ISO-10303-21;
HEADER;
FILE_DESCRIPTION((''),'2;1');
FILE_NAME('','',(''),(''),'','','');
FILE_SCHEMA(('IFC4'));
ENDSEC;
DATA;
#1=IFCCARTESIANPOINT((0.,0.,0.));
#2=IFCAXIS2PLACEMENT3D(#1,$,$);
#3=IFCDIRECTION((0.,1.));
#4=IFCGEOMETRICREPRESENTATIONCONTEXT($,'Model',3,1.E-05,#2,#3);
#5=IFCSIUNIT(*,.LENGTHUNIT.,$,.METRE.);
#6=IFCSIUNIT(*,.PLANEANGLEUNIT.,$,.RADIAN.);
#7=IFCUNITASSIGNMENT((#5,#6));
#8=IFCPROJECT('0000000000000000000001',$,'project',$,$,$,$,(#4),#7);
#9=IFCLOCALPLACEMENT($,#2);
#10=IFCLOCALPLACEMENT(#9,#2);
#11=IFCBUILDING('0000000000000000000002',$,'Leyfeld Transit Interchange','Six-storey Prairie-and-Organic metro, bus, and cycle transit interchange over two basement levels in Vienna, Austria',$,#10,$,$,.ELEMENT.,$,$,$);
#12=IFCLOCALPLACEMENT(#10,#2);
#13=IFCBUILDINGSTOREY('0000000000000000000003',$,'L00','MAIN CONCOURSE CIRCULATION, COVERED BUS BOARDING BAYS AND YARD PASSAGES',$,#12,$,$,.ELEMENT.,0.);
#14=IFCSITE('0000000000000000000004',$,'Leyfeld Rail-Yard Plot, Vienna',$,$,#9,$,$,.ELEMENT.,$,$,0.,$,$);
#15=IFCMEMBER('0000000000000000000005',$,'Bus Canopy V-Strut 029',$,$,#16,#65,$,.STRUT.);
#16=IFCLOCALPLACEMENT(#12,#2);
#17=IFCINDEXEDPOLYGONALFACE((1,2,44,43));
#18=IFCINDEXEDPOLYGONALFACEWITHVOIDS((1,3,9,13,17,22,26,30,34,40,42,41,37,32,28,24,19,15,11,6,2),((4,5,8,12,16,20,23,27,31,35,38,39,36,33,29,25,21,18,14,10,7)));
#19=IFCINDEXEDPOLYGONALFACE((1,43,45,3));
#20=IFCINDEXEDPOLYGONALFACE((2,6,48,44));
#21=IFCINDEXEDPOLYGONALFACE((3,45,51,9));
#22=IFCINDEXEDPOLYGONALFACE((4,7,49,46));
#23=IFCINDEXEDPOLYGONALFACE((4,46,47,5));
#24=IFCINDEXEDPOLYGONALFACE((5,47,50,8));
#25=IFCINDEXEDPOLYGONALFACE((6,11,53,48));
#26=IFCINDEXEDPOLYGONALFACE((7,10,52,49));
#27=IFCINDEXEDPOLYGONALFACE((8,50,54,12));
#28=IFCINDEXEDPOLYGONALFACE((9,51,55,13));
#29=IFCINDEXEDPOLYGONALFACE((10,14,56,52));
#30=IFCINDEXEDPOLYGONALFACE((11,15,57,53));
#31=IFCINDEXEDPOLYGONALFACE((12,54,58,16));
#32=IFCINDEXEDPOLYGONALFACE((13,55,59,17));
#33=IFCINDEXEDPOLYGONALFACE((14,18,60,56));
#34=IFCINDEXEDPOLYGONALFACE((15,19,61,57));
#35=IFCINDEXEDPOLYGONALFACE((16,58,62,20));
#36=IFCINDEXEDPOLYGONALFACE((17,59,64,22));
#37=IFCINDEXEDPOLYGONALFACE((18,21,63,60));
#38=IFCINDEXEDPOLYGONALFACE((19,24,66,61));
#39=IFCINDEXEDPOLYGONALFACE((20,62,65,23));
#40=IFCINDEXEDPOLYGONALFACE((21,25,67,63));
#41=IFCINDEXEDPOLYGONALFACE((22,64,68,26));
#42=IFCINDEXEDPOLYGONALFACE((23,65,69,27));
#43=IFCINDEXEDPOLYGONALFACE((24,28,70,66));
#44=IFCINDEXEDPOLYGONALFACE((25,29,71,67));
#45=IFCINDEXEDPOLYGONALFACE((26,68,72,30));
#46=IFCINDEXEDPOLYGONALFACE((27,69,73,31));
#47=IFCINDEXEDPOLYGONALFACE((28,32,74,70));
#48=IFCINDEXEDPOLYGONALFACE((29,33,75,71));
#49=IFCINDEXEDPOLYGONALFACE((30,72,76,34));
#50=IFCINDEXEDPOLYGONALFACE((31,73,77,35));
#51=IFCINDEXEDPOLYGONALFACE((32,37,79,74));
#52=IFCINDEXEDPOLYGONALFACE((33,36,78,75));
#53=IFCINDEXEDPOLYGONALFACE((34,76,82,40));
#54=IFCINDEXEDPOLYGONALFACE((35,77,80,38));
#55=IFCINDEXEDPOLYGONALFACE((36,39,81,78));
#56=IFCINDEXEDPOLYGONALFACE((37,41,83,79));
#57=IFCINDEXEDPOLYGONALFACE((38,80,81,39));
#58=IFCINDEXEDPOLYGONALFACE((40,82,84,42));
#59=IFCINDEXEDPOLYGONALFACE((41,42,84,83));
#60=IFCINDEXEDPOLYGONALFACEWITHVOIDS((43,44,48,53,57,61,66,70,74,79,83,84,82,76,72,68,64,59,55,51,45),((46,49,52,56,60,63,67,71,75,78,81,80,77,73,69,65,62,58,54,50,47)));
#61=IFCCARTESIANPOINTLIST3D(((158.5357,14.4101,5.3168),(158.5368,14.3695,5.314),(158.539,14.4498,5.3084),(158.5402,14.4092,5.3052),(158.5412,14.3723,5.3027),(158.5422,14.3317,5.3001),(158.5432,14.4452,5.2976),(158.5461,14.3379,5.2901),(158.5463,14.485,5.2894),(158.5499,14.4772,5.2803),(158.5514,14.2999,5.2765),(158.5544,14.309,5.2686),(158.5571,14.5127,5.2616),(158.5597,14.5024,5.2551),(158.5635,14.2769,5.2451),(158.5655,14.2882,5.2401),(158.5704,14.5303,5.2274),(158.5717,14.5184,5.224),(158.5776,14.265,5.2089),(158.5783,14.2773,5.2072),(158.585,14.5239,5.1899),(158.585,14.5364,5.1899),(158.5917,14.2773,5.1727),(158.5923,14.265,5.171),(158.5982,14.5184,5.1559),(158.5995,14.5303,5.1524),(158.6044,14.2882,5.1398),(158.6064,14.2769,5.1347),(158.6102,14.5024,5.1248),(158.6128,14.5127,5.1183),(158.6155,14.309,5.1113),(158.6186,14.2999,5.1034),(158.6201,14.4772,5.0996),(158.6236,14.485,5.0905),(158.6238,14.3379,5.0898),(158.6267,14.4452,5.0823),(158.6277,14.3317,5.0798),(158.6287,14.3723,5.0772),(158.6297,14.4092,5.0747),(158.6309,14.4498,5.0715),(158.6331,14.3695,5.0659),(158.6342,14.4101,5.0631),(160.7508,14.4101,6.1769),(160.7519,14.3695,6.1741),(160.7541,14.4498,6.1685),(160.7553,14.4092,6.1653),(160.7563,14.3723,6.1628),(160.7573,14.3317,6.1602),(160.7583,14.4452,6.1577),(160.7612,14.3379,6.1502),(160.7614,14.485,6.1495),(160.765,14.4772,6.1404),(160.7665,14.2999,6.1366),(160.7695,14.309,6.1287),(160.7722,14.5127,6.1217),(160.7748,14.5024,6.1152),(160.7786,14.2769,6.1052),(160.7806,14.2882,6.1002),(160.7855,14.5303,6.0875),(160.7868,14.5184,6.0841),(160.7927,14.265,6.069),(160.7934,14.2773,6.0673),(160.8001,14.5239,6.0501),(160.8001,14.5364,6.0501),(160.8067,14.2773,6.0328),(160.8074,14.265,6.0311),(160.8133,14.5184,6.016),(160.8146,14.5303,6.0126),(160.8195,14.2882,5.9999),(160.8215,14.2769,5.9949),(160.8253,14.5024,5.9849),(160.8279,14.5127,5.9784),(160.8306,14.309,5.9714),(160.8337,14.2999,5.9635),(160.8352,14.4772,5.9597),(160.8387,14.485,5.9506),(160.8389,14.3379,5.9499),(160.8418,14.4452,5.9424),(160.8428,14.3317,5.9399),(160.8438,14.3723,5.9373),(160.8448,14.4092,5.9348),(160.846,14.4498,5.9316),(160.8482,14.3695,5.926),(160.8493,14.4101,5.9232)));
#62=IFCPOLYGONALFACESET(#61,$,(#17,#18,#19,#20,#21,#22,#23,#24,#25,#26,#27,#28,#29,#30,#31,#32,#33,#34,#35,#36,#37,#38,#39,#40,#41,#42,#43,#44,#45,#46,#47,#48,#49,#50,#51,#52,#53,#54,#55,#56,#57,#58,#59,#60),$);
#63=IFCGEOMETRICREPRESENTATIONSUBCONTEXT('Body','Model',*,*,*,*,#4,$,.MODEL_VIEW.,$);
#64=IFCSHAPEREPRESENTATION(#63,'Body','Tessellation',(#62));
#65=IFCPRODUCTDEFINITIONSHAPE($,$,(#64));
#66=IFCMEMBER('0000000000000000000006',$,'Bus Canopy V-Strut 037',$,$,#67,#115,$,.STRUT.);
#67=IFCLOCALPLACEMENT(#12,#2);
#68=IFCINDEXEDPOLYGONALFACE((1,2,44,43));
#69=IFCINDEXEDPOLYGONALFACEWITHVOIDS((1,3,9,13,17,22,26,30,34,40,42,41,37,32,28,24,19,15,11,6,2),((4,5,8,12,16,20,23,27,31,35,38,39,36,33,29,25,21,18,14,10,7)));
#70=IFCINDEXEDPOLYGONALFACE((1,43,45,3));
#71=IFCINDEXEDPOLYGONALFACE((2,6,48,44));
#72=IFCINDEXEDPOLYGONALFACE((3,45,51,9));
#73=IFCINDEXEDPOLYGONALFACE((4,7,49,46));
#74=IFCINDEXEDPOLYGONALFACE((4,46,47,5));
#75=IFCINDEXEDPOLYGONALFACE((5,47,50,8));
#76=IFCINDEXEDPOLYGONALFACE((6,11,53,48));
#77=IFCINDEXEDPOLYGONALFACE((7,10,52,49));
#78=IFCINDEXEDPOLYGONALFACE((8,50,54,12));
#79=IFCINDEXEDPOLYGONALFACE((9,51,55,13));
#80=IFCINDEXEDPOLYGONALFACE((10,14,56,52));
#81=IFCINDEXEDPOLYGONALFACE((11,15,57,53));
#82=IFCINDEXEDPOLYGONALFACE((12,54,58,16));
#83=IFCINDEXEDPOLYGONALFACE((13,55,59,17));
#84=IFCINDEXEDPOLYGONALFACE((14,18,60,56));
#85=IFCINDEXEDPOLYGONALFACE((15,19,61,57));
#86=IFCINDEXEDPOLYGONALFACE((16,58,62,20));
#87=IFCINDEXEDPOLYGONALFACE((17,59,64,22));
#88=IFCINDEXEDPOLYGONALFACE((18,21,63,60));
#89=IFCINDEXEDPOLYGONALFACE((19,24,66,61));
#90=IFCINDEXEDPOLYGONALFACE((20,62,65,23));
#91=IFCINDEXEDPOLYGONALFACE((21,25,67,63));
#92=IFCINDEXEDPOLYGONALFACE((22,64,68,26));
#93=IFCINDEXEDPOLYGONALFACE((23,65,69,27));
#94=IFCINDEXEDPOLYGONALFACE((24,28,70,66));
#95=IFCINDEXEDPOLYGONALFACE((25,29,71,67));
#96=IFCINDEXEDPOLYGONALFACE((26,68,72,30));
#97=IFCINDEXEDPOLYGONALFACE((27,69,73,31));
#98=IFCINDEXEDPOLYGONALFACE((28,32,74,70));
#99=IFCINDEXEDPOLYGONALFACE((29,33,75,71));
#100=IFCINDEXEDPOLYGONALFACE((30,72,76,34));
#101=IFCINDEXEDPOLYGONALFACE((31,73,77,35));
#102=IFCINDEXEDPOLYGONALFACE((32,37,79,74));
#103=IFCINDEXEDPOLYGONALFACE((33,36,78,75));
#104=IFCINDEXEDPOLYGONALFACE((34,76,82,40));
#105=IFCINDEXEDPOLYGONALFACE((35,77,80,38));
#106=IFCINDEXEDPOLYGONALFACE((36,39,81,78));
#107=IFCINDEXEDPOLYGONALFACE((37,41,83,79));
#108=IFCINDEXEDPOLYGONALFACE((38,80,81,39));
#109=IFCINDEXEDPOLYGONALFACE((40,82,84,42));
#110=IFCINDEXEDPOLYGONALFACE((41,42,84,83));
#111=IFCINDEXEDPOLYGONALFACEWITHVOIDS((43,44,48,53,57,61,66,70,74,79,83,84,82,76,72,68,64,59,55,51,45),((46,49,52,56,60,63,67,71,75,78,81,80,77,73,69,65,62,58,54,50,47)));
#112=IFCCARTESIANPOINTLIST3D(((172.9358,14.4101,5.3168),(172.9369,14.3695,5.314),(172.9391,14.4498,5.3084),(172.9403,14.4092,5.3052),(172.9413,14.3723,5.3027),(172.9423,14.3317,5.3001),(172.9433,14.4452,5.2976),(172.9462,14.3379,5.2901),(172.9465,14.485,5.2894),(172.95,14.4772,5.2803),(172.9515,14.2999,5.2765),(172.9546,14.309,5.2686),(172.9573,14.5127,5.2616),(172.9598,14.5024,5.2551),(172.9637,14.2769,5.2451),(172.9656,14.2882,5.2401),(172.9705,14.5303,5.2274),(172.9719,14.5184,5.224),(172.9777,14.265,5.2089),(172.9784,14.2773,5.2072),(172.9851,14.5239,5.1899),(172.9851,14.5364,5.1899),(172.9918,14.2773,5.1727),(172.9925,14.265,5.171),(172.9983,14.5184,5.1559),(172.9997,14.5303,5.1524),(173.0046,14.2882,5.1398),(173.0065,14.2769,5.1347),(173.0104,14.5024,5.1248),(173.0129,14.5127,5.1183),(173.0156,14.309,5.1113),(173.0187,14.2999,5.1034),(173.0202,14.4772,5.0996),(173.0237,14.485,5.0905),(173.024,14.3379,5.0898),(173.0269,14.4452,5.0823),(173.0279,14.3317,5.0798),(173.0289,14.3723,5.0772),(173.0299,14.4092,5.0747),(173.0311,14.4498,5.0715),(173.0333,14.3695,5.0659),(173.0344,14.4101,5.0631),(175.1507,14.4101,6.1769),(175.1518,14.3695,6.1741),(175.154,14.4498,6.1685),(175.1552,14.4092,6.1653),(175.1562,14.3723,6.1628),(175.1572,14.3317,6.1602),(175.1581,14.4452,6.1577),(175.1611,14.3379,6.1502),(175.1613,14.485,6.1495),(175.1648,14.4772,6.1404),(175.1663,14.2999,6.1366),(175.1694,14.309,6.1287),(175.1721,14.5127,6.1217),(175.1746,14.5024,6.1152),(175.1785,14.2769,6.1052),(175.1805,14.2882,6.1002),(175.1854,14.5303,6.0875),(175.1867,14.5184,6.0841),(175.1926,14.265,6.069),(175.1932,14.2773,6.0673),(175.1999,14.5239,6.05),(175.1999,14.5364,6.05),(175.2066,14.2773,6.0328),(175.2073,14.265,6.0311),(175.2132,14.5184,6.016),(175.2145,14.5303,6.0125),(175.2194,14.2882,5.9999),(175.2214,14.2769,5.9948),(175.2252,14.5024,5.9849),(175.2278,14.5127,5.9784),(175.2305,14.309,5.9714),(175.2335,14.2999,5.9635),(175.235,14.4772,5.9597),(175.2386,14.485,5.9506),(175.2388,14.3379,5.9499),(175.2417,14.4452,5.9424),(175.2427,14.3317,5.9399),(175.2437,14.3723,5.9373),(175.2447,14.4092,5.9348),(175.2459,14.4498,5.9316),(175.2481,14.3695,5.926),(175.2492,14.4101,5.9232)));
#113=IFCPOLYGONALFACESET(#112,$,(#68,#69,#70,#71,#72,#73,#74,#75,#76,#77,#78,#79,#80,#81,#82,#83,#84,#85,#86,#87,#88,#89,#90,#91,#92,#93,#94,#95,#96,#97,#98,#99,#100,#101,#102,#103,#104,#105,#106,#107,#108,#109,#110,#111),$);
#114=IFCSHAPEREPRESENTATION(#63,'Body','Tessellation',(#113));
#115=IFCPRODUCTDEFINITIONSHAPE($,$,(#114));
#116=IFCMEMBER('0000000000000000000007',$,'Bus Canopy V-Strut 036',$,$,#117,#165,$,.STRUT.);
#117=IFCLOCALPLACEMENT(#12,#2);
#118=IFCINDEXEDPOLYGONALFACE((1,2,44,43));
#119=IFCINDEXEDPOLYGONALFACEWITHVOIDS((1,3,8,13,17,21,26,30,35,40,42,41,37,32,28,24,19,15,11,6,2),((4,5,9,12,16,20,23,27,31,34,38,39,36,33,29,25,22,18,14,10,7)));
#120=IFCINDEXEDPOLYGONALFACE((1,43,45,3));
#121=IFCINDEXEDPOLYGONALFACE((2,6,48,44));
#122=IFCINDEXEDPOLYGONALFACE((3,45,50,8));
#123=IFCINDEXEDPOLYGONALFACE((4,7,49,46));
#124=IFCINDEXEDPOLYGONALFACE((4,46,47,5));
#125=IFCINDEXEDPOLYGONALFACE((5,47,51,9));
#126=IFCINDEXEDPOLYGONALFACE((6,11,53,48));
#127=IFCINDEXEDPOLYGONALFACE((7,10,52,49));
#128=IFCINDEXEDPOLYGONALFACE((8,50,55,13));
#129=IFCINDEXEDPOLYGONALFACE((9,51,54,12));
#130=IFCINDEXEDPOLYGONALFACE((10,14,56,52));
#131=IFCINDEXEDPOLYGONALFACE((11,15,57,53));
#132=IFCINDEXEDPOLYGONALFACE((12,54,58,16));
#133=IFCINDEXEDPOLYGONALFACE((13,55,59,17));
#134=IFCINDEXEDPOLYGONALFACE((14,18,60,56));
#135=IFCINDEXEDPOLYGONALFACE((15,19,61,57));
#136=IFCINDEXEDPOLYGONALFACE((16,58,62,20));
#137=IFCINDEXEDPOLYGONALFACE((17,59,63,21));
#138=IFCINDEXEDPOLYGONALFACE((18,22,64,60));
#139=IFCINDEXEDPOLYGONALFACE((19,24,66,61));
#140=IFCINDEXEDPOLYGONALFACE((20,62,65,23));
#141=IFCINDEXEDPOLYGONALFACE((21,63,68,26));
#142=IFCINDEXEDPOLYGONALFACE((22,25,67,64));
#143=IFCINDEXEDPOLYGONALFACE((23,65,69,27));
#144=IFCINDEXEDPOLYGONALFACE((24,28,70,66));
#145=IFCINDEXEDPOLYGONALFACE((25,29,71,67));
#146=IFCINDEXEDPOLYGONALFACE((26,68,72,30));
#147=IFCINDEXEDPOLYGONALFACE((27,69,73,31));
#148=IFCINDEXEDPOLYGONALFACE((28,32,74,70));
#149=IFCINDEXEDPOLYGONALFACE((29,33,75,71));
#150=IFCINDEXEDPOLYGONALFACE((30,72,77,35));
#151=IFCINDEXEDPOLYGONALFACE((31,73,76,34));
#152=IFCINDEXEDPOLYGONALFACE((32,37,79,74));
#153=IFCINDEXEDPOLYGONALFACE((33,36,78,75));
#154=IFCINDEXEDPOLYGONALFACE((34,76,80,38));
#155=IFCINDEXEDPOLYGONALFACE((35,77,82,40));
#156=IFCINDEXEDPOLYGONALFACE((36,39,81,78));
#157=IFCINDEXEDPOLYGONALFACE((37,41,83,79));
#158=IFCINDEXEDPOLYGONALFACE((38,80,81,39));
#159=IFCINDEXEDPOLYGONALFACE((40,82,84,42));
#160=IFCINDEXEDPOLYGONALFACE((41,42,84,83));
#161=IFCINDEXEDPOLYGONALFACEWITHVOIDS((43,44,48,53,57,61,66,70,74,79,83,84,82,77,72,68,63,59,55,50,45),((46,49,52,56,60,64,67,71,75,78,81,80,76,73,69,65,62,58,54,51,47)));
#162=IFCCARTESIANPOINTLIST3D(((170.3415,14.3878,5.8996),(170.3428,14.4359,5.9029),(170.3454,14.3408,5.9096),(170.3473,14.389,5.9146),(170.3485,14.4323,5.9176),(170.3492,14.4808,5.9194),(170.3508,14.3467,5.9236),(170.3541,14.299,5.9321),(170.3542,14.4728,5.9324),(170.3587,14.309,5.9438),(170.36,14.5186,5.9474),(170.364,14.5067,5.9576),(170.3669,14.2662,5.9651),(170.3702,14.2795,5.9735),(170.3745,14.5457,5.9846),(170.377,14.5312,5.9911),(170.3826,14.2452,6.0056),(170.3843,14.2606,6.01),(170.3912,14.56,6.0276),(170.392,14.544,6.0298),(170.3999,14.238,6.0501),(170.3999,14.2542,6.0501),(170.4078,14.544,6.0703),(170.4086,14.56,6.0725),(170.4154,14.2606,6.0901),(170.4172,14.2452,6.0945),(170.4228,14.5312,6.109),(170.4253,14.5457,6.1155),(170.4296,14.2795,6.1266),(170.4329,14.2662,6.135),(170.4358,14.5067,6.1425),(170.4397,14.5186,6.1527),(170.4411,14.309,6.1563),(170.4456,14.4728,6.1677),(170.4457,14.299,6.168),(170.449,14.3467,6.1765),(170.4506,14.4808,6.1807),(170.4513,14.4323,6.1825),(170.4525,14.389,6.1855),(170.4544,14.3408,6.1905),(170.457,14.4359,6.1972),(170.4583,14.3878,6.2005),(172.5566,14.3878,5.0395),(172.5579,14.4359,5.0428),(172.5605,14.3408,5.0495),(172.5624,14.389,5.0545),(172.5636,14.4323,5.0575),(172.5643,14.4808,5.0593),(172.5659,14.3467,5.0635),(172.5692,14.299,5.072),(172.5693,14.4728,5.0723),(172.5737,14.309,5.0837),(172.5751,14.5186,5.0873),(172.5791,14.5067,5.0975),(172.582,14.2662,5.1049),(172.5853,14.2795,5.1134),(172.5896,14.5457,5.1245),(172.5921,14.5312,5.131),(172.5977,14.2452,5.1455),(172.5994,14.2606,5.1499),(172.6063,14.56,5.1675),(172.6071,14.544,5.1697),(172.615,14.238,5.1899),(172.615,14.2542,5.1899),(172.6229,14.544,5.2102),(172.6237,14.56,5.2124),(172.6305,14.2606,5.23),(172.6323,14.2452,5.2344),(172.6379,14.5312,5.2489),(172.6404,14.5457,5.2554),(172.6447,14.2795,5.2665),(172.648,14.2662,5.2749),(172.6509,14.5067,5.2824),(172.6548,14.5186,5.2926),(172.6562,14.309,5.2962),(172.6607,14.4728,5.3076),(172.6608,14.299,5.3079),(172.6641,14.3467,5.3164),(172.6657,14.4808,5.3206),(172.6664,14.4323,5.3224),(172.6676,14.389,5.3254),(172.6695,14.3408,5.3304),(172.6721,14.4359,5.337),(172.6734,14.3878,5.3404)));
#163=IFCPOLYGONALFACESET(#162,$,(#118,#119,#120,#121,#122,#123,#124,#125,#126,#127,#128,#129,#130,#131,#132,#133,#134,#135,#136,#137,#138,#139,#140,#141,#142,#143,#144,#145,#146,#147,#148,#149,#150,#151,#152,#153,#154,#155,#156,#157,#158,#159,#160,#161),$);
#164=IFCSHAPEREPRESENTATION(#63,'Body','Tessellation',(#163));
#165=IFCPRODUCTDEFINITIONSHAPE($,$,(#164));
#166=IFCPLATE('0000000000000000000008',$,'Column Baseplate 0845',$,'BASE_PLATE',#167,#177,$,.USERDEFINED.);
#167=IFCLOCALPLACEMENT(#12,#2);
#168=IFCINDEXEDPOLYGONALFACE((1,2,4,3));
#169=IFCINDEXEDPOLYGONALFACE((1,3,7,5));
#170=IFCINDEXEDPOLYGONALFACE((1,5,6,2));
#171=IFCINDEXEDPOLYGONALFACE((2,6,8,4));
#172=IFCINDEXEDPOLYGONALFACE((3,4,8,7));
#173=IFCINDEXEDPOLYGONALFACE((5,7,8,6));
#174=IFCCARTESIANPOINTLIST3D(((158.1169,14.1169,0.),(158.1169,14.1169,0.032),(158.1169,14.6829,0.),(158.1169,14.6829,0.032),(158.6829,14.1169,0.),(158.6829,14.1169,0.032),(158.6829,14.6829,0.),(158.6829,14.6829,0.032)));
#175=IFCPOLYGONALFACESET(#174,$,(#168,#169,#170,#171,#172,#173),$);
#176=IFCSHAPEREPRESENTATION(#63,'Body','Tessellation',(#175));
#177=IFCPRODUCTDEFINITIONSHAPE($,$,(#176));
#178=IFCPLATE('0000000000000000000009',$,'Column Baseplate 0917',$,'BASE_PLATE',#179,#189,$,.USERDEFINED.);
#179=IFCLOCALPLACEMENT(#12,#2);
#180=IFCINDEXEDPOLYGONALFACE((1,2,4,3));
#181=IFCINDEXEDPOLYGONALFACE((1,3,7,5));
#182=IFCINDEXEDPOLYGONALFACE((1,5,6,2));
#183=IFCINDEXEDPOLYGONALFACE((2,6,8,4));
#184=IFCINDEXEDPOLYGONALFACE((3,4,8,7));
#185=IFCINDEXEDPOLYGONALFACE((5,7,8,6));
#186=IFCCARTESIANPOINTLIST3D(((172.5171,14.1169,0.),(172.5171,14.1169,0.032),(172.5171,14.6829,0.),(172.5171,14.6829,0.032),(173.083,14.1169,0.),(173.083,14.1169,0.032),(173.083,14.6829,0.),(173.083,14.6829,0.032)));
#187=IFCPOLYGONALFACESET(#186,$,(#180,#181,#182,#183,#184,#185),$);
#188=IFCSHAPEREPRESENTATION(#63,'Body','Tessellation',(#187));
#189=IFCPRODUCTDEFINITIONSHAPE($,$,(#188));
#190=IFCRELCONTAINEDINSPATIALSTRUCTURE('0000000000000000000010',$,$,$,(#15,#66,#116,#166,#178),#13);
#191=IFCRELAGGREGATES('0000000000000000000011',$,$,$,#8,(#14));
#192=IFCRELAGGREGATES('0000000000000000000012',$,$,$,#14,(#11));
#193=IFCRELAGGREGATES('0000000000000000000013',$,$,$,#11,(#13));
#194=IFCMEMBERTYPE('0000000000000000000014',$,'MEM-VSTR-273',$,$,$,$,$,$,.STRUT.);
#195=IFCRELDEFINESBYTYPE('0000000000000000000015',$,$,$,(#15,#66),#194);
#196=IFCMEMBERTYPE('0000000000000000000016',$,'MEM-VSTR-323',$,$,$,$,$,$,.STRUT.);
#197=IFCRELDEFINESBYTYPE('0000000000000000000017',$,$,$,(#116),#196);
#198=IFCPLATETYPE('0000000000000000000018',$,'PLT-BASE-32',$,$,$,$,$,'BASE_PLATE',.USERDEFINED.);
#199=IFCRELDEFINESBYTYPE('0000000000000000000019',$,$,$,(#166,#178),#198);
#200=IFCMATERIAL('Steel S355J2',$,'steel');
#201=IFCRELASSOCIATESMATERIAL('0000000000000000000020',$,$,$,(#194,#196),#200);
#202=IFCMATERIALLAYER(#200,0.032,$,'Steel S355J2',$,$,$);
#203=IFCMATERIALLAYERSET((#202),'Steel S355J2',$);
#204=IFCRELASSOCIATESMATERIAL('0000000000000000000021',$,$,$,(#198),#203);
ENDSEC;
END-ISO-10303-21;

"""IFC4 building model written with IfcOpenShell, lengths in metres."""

from ifc_helpers import new_model, si_unit, direction, frame, origin, origin_2d, place, context, subcontext, project, spatial, rectangle, hollow_circle, extrude, material, layer, layer_set, material_profile, profile_set, type_object, element, save


model = new_model("IFC4")

# Units and contexts
model_context = context("Model", 3, precision=1e-05, world=origin(), true_north=direction((0.0, 1.0)))
body_context = subcontext(model_context, "Body", "Model", "MODEL_VIEW")
ifc_project = project(units=[si_unit("LENGTHUNIT", "METRE"), si_unit("PLANEANGLEUNIT", "RADIAN")], contexts=[model_context])

# Site, building, storey
site_placement = place(None, origin())
site = spatial("IfcSite", under=ifc_project, at=site_placement, Name="Leyfeld Rail-Yard Plot, Vienna", CompositionType="ELEMENT", RefElevation=0.0)
building_placement = place(site_placement, origin())
building = spatial("IfcBuilding", under=site, at=building_placement, Name="Leyfeld Transit Interchange", Description="Six-storey Prairie-and-Organic metro, bus, and cycle transit interchange over two basement levels in Vienna, Austria", CompositionType="ELEMENT")
storey_placement = place(building_placement, origin())
storey = spatial("IfcBuildingStorey", under=building, at=storey_placement, Name="L00", Description="MAIN CONCOURSE CIRCULATION, COVERED BUS BOARDING BAYS AND YARD PASSAGES", CompositionType="ELEMENT", Elevation=0.0)

# Shared definitions
ifc_material_1 = material(Name="Steel S355J2", Category="steel")

# Members
ifc_material_profile_1 = material_profile(ifc_material_1, hollow_circle(Radius=0.1365, WallThickness=0.0125, at=origin_2d()), Name="CHS 273x12.5")
ifc_profile_set_1 = profile_set([ifc_material_profile_1], Name="Steel S355J2")
member_type_1 = type_object("IfcMemberType", Name="MEM-VSTR-273", PredefinedType="STRUT", material=ifc_profile_set_1)
member_1_placement = place(storey_placement, frame((158.585, 14.3999, 5.1899), z_axis=(0.932192, 0.0, 0.361965), x_axis=(0.0, 1.0, 0.0)))
element("IfcMember", 1, at=member_1_placement, inside=storey, type_object=member_type_1, Name="Bus Canopy V-Strut 029", PredefinedType="STRUT", context=body_context, shape_type="SweptSolid", body=[
    extrude(hollow_circle(Radius=0.1365, WallThickness=0.0125, at=origin_2d()), origin(), (0.0, 0.0, 1.0), 2.3762),
])
member_2_placement = place(storey_placement, frame((172.9851, 14.3999, 5.1899), z_axis=(0.932178, 0.0, 0.362), x_axis=(0.0, 1.0, 0.0)))
element("IfcMember", 2, at=member_2_placement, inside=storey, type_object=member_type_1, Name="Bus Canopy V-Strut 037", PredefinedType="STRUT", context=body_context, shape_type="SweptSolid", body=[
    extrude(hollow_circle(Radius=0.1365, WallThickness=0.0125, at=origin_2d()), origin(), (0.0, 0.0, 1.0), 2.376),
])
ifc_material_profile_2 = material_profile(ifc_material_1, hollow_circle(Radius=0.1619, WallThickness=0.0161, at=origin_2d()), Name="CHS 323.9x16")
ifc_profile_set_2 = profile_set([ifc_material_profile_2], Name="Steel S355J2")
member_type_2 = type_object("IfcMemberType", Name="MEM-VSTR-323", PredefinedType="STRUT", material=ifc_profile_set_2)
member_3_placement = place(storey_placement, frame((172.615, 14.3999, 5.1899), z_axis=(-0.932192, 0.0, 0.361965), x_axis=(0.0, -1.0, 0.0)))
element("IfcMember", 3, at=member_3_placement, inside=storey, type_object=member_type_2, Name="Bus Canopy V-Strut 036", PredefinedType="STRUT", context=body_context, shape_type="SweptSolid", body=[
    extrude(hollow_circle(Radius=0.1619, WallThickness=0.0161, at=origin_2d()), origin(), (0.0, 0.0, 1.0), 2.3762),
])

# Plates
ifc_layer_1 = layer(ifc_material_1, 0.032, Name="Steel S355J2")
ifc_layer_set_1 = layer_set([ifc_layer_1], Name="Steel S355J2")
plate_type_1 = type_object("IfcPlateType", Name="PLT-BASE-32", ElementType="BASE_PLATE", PredefinedType="USERDEFINED", material=ifc_layer_set_1)
for number, where, z_axis, x_axis, name in (
    (4, (158.3999, 14.3999, 0.0), (0.0, 0.0, 1.0), (1.0, 0.0, 0.0), "Column Baseplate 0845"),
    (5, (172.8, 14.3999, 0.0), (0.0, 0.0, 1.0), (1.0, 0.0, 0.0), "Column Baseplate 0917"),
):
    element("IfcPlate", number, at=place(storey_placement, frame(where, z_axis=z_axis, x_axis=x_axis)), inside=storey, type_object=plate_type_1, Name=name, ObjectType="BASE_PLATE", PredefinedType="USERDEFINED", context=body_context, shape_type="SweptSolid", body=[
        extrude(rectangle(XDim=0.5659, YDim=0.5659, at=origin_2d()), origin(), (0.0, 0.0, 1.0), 0.032),
    ])

save(model, "model.ifc")
